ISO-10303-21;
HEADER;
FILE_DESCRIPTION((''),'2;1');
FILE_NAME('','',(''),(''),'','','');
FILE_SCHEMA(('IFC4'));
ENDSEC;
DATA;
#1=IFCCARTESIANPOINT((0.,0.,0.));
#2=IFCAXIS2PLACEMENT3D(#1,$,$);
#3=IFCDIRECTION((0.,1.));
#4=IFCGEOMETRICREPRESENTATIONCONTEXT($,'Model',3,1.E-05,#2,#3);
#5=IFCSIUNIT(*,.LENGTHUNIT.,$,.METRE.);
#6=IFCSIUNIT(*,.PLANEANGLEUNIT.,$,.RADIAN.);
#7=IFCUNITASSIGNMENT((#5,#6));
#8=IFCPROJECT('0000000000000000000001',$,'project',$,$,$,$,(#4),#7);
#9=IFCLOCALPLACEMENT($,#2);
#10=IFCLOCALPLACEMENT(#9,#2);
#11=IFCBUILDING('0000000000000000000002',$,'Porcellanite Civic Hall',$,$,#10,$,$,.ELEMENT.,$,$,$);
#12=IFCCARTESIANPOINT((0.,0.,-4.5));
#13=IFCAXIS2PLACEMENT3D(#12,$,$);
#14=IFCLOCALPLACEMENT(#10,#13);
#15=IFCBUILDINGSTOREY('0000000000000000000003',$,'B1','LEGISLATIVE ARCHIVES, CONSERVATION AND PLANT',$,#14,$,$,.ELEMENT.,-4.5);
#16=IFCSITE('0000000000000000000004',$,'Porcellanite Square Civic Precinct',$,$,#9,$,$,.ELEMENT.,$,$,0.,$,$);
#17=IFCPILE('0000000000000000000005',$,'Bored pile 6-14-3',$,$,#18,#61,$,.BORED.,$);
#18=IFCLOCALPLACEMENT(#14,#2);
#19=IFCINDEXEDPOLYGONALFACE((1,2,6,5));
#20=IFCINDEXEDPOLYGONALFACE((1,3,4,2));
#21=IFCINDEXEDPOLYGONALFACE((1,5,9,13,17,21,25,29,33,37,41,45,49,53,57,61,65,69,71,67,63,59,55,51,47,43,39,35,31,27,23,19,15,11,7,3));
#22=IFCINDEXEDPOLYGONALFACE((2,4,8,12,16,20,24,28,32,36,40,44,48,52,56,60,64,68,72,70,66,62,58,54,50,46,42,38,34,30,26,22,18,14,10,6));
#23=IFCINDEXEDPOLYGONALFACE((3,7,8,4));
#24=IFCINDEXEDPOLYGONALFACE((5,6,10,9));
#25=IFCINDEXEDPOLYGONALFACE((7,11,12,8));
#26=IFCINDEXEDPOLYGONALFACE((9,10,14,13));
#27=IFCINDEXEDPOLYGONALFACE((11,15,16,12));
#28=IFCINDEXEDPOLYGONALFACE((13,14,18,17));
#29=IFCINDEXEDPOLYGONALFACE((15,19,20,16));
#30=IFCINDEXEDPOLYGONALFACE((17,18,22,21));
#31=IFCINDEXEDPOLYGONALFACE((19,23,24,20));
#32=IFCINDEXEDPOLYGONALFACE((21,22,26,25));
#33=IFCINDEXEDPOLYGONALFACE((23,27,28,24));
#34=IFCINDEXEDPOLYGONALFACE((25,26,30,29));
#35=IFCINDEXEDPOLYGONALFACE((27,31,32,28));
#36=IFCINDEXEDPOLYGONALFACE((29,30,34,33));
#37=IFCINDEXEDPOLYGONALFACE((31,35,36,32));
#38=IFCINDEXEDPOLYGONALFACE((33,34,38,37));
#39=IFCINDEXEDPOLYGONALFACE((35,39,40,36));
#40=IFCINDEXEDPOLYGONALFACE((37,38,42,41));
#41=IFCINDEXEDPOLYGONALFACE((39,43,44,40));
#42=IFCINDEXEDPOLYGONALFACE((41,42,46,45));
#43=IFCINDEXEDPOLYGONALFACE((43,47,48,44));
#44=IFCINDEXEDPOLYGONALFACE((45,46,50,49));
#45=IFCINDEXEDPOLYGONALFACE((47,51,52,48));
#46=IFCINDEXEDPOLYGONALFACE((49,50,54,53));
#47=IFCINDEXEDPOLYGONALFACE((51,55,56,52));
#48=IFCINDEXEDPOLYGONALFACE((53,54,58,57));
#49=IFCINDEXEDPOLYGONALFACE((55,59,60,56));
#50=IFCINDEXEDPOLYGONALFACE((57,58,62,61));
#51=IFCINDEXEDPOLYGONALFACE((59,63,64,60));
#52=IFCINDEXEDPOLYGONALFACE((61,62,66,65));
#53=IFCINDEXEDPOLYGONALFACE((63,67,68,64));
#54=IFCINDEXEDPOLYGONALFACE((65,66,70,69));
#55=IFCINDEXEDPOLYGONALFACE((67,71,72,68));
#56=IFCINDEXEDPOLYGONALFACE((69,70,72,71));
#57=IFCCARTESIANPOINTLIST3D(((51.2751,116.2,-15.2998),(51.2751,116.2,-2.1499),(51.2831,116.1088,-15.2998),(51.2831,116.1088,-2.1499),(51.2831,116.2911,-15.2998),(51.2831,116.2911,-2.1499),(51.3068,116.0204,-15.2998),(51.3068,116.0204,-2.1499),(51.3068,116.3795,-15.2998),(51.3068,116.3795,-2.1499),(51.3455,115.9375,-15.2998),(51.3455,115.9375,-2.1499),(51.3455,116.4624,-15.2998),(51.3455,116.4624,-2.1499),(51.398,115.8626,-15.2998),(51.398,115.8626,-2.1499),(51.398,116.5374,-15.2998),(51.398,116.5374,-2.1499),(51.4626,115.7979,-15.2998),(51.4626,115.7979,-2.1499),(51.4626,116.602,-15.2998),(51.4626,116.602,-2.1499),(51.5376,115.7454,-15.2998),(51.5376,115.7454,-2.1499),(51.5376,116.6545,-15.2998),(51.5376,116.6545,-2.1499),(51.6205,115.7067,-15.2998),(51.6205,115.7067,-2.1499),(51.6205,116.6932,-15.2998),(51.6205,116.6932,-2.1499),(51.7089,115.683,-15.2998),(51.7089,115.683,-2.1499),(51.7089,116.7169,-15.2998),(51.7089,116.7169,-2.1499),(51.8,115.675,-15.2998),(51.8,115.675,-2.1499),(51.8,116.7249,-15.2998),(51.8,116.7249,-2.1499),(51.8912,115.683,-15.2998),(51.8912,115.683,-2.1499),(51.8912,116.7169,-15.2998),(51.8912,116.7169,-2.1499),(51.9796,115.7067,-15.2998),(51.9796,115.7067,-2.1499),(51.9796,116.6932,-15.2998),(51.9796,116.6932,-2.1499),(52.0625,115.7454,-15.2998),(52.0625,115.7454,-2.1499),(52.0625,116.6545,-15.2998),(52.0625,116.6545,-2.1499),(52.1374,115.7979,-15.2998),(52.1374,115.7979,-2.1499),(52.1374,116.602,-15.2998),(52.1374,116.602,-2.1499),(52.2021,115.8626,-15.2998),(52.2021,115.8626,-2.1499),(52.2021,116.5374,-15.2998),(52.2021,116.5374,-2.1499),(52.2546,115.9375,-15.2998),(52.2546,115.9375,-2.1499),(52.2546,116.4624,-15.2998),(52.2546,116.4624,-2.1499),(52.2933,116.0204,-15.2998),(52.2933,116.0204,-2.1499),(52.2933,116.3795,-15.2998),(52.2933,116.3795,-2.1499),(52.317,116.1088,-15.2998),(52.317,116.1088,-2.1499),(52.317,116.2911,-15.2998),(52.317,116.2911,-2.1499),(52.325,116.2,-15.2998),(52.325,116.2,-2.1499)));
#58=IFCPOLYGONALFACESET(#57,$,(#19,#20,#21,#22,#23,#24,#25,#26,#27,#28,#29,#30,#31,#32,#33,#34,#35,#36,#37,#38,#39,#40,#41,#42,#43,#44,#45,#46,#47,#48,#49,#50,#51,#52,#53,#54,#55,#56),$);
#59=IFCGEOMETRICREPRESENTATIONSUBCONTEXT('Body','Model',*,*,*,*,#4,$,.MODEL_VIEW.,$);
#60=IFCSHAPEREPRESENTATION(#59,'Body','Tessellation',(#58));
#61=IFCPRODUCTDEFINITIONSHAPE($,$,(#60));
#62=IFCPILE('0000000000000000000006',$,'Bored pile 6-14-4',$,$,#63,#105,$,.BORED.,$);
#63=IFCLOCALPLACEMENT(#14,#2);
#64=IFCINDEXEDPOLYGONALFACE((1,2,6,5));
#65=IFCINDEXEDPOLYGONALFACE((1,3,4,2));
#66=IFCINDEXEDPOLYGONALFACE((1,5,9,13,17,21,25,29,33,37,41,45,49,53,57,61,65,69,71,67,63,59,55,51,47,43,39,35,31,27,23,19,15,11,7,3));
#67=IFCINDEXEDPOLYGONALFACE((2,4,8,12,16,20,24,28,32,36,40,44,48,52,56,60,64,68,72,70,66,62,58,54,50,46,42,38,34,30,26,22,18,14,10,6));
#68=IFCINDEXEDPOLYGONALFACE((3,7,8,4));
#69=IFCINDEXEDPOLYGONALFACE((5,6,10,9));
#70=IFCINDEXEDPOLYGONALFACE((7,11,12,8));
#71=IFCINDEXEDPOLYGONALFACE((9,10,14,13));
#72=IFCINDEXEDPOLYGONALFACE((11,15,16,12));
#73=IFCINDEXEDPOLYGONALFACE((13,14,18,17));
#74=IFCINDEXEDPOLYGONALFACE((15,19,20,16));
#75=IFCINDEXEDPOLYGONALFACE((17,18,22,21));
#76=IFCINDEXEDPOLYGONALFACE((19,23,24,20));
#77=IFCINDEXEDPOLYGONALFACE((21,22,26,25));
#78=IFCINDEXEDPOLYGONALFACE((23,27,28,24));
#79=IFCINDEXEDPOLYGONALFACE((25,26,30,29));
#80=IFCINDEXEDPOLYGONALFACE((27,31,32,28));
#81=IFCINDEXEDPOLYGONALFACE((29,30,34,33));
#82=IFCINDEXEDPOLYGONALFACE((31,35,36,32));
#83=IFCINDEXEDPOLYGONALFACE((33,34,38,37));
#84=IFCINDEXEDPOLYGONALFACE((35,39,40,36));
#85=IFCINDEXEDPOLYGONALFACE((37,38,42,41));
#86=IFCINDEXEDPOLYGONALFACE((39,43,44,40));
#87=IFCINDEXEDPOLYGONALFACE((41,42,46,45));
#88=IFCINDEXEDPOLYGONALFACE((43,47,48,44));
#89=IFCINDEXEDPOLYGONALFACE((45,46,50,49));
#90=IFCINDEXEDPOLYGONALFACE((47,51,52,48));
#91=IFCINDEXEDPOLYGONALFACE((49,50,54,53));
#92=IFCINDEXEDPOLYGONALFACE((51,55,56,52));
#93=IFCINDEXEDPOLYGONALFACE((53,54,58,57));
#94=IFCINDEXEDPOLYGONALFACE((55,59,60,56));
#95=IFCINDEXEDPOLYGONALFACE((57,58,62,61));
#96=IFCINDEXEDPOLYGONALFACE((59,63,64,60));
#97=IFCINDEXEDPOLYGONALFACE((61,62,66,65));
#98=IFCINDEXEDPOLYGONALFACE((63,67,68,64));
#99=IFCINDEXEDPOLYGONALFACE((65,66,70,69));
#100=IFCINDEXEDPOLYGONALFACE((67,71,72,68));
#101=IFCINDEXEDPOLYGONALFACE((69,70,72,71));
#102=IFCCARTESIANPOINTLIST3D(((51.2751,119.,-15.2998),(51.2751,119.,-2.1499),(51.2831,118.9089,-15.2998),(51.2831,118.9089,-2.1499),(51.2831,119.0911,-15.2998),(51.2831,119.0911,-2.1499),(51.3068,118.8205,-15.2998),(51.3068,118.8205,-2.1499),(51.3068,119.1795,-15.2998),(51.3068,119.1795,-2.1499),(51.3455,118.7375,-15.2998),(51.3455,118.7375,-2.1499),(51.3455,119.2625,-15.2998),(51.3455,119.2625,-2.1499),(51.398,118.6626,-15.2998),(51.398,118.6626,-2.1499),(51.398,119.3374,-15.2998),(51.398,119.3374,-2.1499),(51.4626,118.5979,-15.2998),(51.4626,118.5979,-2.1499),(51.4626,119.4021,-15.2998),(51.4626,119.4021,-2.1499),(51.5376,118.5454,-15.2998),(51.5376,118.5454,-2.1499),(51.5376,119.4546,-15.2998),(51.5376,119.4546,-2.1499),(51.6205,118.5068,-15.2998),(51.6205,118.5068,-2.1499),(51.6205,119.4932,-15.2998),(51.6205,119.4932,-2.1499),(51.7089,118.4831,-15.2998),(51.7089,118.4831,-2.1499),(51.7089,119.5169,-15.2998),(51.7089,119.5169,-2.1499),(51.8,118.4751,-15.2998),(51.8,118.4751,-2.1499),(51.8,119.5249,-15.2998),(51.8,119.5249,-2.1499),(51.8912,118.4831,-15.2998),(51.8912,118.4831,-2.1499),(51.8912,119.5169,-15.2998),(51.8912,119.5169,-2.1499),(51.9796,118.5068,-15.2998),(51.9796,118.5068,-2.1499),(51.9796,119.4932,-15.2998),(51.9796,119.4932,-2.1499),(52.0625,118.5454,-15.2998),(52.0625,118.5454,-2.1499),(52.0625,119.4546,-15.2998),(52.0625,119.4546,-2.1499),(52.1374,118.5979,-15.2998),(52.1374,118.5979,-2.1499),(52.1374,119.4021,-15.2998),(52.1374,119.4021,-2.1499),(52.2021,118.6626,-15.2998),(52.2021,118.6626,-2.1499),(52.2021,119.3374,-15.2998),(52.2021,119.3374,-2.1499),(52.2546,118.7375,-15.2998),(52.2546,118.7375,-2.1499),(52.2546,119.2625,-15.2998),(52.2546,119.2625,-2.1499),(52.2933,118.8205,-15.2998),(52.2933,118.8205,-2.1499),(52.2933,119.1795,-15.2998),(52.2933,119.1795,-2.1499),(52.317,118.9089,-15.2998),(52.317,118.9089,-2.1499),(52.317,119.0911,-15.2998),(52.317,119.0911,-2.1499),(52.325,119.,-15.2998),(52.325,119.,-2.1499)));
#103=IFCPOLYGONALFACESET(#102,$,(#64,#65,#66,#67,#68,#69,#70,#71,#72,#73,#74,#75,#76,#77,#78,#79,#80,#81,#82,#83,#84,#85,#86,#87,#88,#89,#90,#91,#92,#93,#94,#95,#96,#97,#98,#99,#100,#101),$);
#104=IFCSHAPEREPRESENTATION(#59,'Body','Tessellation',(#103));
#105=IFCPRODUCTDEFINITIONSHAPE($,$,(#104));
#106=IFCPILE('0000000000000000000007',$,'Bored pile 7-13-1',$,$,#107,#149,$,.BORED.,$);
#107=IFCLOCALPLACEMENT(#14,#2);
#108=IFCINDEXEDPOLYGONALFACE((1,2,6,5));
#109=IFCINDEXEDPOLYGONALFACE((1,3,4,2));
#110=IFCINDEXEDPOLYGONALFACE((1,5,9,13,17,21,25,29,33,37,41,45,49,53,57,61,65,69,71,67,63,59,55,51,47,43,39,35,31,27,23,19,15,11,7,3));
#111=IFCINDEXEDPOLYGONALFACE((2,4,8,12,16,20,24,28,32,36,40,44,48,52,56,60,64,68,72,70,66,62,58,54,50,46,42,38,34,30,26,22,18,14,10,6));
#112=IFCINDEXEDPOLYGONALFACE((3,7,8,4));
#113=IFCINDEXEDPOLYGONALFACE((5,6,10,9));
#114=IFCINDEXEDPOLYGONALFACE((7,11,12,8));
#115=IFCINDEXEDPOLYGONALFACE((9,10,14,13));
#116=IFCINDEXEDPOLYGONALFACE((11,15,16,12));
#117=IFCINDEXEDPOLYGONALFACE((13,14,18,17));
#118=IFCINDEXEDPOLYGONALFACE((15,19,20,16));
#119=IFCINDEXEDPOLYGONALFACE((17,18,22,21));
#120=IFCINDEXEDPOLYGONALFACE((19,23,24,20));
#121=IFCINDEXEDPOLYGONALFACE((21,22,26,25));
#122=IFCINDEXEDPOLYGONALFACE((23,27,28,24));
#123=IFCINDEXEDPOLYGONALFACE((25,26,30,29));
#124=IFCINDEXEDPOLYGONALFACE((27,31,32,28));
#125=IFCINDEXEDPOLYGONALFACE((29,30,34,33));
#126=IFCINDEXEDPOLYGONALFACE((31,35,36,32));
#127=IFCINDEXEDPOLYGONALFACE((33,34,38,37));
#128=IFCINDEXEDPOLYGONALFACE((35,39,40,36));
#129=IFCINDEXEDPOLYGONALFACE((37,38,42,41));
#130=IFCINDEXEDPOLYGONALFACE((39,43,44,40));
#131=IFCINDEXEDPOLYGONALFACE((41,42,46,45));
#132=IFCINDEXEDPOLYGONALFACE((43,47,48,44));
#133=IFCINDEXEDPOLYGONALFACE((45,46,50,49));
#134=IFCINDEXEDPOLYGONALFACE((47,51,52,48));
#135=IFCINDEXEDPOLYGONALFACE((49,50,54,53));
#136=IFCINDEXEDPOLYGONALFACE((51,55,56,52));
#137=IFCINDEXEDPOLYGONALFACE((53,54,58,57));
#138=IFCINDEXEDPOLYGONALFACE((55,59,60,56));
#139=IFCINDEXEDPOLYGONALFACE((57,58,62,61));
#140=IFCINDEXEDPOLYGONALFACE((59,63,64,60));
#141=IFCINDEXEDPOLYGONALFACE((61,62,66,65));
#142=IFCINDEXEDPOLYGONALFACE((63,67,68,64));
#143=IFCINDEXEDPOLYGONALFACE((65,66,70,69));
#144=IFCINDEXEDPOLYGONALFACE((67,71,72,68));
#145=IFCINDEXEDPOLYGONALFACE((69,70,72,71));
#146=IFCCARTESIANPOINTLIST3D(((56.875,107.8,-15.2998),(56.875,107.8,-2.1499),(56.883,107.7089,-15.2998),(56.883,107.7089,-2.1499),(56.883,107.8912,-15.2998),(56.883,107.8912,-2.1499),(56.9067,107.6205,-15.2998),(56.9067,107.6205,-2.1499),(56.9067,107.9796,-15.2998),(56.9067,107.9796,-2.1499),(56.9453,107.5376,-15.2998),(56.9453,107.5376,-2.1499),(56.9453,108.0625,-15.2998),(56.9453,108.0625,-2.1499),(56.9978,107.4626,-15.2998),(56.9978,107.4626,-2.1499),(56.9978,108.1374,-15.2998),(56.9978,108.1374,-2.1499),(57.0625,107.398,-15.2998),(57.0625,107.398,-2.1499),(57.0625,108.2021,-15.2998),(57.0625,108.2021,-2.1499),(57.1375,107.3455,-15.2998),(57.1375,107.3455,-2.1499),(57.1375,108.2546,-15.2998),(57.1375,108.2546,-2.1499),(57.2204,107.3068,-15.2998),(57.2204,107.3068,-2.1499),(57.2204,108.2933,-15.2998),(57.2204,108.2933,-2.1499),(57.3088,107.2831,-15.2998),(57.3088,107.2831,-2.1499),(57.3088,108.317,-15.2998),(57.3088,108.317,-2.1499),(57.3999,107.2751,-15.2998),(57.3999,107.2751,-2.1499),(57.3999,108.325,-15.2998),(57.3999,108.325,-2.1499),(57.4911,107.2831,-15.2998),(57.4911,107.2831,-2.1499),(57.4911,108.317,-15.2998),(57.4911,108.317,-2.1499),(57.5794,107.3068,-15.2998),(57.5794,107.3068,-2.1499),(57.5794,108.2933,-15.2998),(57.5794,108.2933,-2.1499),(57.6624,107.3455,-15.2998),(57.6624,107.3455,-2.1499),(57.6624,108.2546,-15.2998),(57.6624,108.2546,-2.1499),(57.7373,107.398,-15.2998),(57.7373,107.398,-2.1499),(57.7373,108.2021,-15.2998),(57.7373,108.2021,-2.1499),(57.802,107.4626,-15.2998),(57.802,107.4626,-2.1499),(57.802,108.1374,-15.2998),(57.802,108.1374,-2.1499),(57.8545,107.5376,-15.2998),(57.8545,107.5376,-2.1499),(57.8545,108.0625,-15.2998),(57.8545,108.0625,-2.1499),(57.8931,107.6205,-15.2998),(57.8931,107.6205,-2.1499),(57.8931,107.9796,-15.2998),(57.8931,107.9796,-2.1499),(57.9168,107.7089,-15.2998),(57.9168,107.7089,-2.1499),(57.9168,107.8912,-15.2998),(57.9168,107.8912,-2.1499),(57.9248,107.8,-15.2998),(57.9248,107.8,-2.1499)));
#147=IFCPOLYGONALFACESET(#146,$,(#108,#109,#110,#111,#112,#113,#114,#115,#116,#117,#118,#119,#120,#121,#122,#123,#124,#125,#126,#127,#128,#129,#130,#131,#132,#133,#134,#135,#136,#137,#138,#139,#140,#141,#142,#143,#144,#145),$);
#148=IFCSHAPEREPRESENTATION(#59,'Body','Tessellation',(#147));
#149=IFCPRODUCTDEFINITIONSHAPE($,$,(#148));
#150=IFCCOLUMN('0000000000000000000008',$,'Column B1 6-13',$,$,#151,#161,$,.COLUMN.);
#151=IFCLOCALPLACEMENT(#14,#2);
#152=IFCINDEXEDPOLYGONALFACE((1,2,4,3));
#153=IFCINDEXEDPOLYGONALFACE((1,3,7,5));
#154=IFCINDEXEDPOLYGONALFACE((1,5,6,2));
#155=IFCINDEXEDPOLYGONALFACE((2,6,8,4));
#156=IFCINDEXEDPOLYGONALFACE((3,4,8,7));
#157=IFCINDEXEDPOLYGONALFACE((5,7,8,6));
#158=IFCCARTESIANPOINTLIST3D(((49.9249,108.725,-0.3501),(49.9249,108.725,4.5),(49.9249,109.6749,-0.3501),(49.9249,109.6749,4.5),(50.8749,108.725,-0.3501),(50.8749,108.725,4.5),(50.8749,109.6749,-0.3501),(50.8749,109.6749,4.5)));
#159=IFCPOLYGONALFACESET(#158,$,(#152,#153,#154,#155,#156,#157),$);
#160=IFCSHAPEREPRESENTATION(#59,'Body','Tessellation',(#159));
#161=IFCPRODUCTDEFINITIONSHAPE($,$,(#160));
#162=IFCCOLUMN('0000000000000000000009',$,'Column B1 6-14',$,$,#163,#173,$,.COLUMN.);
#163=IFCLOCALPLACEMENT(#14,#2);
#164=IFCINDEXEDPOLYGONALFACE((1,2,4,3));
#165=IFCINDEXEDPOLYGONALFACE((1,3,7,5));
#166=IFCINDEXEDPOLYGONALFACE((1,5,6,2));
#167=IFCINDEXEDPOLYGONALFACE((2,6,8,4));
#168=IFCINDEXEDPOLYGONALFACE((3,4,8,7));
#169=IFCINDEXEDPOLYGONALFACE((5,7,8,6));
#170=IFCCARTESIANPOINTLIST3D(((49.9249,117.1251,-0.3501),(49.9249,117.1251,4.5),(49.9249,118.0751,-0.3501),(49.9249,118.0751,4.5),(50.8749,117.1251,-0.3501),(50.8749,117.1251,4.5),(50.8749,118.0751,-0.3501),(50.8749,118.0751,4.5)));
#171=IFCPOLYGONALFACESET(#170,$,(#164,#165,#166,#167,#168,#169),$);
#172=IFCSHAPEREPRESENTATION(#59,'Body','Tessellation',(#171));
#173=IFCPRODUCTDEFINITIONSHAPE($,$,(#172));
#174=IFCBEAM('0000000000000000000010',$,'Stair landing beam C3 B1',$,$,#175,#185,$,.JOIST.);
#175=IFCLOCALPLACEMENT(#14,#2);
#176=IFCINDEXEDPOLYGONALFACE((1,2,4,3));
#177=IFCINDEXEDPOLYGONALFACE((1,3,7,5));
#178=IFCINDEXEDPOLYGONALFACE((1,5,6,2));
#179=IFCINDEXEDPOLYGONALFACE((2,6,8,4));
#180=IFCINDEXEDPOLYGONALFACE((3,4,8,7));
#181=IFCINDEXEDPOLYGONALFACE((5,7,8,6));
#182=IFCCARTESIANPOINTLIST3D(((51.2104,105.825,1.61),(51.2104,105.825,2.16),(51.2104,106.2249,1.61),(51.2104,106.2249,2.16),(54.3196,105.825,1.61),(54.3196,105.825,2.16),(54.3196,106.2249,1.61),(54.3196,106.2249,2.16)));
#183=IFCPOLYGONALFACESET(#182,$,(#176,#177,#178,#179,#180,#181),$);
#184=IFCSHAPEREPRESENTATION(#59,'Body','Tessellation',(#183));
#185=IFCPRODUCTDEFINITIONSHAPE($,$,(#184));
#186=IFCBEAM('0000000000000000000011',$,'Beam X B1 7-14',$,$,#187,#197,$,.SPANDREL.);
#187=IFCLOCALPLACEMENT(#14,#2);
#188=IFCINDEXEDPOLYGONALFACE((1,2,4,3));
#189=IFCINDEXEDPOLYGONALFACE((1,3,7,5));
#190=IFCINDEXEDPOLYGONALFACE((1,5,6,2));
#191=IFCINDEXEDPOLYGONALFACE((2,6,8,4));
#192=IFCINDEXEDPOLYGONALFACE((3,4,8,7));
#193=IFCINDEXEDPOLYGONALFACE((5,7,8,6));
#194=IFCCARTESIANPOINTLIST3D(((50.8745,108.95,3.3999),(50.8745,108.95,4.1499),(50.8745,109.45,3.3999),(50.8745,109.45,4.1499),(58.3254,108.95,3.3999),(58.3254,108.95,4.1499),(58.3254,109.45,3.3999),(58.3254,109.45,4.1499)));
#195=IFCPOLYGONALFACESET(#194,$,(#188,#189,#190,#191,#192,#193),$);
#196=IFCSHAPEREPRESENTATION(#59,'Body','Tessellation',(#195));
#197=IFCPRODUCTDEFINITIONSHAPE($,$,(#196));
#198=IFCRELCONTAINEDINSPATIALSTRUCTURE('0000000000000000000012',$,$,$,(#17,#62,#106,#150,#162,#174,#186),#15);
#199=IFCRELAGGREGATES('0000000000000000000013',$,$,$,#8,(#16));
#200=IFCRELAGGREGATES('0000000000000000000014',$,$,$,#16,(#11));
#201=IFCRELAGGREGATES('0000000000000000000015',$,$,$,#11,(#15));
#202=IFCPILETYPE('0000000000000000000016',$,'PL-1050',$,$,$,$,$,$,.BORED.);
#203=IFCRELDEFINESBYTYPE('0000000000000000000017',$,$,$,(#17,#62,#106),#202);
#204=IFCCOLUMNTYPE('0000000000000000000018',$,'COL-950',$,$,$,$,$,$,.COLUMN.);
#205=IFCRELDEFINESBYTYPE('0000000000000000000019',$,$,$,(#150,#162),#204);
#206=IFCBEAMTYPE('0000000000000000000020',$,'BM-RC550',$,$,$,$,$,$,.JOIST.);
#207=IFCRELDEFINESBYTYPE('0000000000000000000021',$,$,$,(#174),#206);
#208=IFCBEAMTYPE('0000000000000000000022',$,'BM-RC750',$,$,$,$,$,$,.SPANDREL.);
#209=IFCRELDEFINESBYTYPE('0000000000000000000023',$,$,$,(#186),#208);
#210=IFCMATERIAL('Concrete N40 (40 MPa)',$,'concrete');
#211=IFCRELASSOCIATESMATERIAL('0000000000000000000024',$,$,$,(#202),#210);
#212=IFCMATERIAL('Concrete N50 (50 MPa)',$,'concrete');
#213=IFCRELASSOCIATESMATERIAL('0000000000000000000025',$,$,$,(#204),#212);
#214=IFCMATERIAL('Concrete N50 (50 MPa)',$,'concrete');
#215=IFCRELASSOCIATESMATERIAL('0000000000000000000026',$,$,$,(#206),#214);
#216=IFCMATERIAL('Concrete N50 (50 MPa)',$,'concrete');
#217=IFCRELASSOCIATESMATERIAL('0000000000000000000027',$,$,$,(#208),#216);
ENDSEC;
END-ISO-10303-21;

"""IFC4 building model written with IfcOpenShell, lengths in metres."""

from ifc_helpers import new_model, si_unit, direction, frame, origin, origin_2d, place, context, subcontext, project, spatial, rectangle, circle, extrude, material, material_profile, profile_set, type_object, element, save


model = new_model("IFC4")

# Units and contexts
model_context = context("Model", 3, precision=1e-05, world=origin(), true_north=direction((0.0, 1.0)))
body_context = subcontext(model_context, "Body", "Model", "MODEL_VIEW")
ifc_project = project(units=[si_unit("LENGTHUNIT", "METRE"), si_unit("PLANEANGLEUNIT", "RADIAN")], contexts=[model_context])

# Site, building, storey
site_placement = place(None, origin())
site = spatial("IfcSite", under=ifc_project, at=site_placement, Name="Porcellanite Square Civic Precinct", CompositionType="ELEMENT", RefElevation=0.0)
building_placement = place(site_placement, origin())
building = spatial("IfcBuilding", under=site, at=building_placement, Name="Porcellanite Civic Hall", CompositionType="ELEMENT")
storey_placement = place(building_placement, frame((0.0, 0.0, -4.5)))
storey = spatial("IfcBuildingStorey", under=building, at=storey_placement, Name="B1", Description="LEGISLATIVE ARCHIVES, CONSERVATION AND PLANT", CompositionType="ELEMENT", Elevation=-4.5)

# Piles
ifc_material_1 = material(Name="Concrete N40 (40 MPa)", Category="concrete")
ifc_material_profile_1 = material_profile(ifc_material_1, circle(Radius=0.5249, at=origin_2d()), Name="PILE-D1050")
ifc_profile_set_1 = profile_set([ifc_material_profile_1], Name="Concrete N40 (40 MPa)")
pile_type = type_object("IfcPileType", Name="PL-1050", PredefinedType="BORED", material=ifc_profile_set_1)
for number, where, z_axis, x_axis, name in (
    (1, (51.8, 116.2, -2.1499), (0.0, 0.0, -1.0), (1.0, 0.0, 0.0), "Bored pile 6-14-3"),
    (2, (51.8, 119.0, -2.1499), (0.0, 0.0, -1.0), (1.0, 0.0, 0.0), "Bored pile 6-14-4"),
    (3, (57.3999, 107.8, -2.1499), (0.0, 0.0, -1.0), (1.0, 0.0, 0.0), "Bored pile 7-13-1"),
):
    element("IfcPile", number, at=place(storey_placement, frame(where, z_axis=z_axis, x_axis=x_axis)), inside=storey, type_object=pile_type, Name=name, PredefinedType="BORED", context=body_context, shape_type="SweptSolid", body=[
        extrude(circle(Radius=0.5249, at=origin_2d()), origin(), (0.0, 0.0, 1.0), 13.1499),
    ])

# Columns
ifc_material_2 = material(Name="Concrete N50 (50 MPa)", Category="concrete")
ifc_material_profile_2 = material_profile(ifc_material_2, rectangle(XDim=0.95, YDim=0.95, at=origin_2d()), Name="RC-950x950")
ifc_profile_set_2 = profile_set([ifc_material_profile_2], Name="Concrete N50 (50 MPa)")
column_type = type_object("IfcColumnType", Name="COL-950", PredefinedType="COLUMN", material=ifc_profile_set_2)
for number, where, z_axis, x_axis, name in (
    (4, (50.3999, 109.2, -0.3501), (0.0, 0.0, 1.0), (1.0, 0.0, 0.0), "Column B1 6-13"),
    (5, (50.3999, 117.6001, -0.3501), (0.0, 0.0, 1.0), (1.0, 0.0, 0.0), "Column B1 6-14"),
):
    element("IfcColumn", number, at=place(storey_placement, frame(where, z_axis=z_axis, x_axis=x_axis)), inside=storey, type_object=column_type, Name=name, PredefinedType="COLUMN", context=body_context, shape_type="SweptSolid", body=[
        extrude(rectangle(XDim=0.95, YDim=0.95, at=origin_2d()), origin(), (0.0, 0.0, 1.0), 4.8501),
    ])

# Beams
ifc_material_3 = material(Name="Concrete N50 (50 MPa)", Category="concrete")
ifc_material_profile_3 = material_profile(ifc_material_3, rectangle(XDim=0.3999, YDim=0.55, at=origin_2d()), Name="RC-400x550")
ifc_profile_set_3 = profile_set([ifc_material_profile_3], Name="Concrete N50 (50 MPa)")
beam_type_1 = type_object("IfcBeamType", Name="BM-RC550", PredefinedType="JOIST", material=ifc_profile_set_3)
beam_1_placement = place(storey_placement, frame((51.2104, 106.0249, 1.885), z_axis=(1.0, 0.0, 0.0), x_axis=(0.0, 1.0, 0.0)))
element("IfcBeam", 6, at=beam_1_placement, inside=storey, type_object=beam_type_1, Name="Stair landing beam C3 B1", PredefinedType="JOIST", context=body_context, shape_type="SweptSolid", body=[
    extrude(rectangle(XDim=0.3999, YDim=0.55, at=origin_2d()), origin(), (0.0, 0.0, 1.0), 3.1091),
])
ifc_material_4 = material(Name="Concrete N50 (50 MPa)", Category="concrete")
ifc_material_profile_4 = material_profile(ifc_material_4, rectangle(XDim=0.5, YDim=0.75, at=origin_2d()), Name="RC-500x750")
ifc_profile_set_4 = profile_set([ifc_material_profile_4], Name="Concrete N50 (50 MPa)")
beam_type_2 = type_object("IfcBeamType", Name="BM-RC750", PredefinedType="SPANDREL", material=ifc_profile_set_4)
beam_2_placement = place(storey_placement, frame((50.8745, 109.2, 3.7749), z_axis=(1.0, 0.0, 0.0), x_axis=(0.0, 1.0, 0.0)))
element("IfcBeam", 7, at=beam_2_placement, inside=storey, type_object=beam_type_2, Name="Beam X B1 7-14", PredefinedType="SPANDREL", context=body_context, shape_type="SweptSolid", body=[
    extrude(rectangle(XDim=0.5, YDim=0.75, at=origin_2d()), origin(), (0.0, 0.0, 1.0), 7.4509),
])

save(model, "model.ifc")
